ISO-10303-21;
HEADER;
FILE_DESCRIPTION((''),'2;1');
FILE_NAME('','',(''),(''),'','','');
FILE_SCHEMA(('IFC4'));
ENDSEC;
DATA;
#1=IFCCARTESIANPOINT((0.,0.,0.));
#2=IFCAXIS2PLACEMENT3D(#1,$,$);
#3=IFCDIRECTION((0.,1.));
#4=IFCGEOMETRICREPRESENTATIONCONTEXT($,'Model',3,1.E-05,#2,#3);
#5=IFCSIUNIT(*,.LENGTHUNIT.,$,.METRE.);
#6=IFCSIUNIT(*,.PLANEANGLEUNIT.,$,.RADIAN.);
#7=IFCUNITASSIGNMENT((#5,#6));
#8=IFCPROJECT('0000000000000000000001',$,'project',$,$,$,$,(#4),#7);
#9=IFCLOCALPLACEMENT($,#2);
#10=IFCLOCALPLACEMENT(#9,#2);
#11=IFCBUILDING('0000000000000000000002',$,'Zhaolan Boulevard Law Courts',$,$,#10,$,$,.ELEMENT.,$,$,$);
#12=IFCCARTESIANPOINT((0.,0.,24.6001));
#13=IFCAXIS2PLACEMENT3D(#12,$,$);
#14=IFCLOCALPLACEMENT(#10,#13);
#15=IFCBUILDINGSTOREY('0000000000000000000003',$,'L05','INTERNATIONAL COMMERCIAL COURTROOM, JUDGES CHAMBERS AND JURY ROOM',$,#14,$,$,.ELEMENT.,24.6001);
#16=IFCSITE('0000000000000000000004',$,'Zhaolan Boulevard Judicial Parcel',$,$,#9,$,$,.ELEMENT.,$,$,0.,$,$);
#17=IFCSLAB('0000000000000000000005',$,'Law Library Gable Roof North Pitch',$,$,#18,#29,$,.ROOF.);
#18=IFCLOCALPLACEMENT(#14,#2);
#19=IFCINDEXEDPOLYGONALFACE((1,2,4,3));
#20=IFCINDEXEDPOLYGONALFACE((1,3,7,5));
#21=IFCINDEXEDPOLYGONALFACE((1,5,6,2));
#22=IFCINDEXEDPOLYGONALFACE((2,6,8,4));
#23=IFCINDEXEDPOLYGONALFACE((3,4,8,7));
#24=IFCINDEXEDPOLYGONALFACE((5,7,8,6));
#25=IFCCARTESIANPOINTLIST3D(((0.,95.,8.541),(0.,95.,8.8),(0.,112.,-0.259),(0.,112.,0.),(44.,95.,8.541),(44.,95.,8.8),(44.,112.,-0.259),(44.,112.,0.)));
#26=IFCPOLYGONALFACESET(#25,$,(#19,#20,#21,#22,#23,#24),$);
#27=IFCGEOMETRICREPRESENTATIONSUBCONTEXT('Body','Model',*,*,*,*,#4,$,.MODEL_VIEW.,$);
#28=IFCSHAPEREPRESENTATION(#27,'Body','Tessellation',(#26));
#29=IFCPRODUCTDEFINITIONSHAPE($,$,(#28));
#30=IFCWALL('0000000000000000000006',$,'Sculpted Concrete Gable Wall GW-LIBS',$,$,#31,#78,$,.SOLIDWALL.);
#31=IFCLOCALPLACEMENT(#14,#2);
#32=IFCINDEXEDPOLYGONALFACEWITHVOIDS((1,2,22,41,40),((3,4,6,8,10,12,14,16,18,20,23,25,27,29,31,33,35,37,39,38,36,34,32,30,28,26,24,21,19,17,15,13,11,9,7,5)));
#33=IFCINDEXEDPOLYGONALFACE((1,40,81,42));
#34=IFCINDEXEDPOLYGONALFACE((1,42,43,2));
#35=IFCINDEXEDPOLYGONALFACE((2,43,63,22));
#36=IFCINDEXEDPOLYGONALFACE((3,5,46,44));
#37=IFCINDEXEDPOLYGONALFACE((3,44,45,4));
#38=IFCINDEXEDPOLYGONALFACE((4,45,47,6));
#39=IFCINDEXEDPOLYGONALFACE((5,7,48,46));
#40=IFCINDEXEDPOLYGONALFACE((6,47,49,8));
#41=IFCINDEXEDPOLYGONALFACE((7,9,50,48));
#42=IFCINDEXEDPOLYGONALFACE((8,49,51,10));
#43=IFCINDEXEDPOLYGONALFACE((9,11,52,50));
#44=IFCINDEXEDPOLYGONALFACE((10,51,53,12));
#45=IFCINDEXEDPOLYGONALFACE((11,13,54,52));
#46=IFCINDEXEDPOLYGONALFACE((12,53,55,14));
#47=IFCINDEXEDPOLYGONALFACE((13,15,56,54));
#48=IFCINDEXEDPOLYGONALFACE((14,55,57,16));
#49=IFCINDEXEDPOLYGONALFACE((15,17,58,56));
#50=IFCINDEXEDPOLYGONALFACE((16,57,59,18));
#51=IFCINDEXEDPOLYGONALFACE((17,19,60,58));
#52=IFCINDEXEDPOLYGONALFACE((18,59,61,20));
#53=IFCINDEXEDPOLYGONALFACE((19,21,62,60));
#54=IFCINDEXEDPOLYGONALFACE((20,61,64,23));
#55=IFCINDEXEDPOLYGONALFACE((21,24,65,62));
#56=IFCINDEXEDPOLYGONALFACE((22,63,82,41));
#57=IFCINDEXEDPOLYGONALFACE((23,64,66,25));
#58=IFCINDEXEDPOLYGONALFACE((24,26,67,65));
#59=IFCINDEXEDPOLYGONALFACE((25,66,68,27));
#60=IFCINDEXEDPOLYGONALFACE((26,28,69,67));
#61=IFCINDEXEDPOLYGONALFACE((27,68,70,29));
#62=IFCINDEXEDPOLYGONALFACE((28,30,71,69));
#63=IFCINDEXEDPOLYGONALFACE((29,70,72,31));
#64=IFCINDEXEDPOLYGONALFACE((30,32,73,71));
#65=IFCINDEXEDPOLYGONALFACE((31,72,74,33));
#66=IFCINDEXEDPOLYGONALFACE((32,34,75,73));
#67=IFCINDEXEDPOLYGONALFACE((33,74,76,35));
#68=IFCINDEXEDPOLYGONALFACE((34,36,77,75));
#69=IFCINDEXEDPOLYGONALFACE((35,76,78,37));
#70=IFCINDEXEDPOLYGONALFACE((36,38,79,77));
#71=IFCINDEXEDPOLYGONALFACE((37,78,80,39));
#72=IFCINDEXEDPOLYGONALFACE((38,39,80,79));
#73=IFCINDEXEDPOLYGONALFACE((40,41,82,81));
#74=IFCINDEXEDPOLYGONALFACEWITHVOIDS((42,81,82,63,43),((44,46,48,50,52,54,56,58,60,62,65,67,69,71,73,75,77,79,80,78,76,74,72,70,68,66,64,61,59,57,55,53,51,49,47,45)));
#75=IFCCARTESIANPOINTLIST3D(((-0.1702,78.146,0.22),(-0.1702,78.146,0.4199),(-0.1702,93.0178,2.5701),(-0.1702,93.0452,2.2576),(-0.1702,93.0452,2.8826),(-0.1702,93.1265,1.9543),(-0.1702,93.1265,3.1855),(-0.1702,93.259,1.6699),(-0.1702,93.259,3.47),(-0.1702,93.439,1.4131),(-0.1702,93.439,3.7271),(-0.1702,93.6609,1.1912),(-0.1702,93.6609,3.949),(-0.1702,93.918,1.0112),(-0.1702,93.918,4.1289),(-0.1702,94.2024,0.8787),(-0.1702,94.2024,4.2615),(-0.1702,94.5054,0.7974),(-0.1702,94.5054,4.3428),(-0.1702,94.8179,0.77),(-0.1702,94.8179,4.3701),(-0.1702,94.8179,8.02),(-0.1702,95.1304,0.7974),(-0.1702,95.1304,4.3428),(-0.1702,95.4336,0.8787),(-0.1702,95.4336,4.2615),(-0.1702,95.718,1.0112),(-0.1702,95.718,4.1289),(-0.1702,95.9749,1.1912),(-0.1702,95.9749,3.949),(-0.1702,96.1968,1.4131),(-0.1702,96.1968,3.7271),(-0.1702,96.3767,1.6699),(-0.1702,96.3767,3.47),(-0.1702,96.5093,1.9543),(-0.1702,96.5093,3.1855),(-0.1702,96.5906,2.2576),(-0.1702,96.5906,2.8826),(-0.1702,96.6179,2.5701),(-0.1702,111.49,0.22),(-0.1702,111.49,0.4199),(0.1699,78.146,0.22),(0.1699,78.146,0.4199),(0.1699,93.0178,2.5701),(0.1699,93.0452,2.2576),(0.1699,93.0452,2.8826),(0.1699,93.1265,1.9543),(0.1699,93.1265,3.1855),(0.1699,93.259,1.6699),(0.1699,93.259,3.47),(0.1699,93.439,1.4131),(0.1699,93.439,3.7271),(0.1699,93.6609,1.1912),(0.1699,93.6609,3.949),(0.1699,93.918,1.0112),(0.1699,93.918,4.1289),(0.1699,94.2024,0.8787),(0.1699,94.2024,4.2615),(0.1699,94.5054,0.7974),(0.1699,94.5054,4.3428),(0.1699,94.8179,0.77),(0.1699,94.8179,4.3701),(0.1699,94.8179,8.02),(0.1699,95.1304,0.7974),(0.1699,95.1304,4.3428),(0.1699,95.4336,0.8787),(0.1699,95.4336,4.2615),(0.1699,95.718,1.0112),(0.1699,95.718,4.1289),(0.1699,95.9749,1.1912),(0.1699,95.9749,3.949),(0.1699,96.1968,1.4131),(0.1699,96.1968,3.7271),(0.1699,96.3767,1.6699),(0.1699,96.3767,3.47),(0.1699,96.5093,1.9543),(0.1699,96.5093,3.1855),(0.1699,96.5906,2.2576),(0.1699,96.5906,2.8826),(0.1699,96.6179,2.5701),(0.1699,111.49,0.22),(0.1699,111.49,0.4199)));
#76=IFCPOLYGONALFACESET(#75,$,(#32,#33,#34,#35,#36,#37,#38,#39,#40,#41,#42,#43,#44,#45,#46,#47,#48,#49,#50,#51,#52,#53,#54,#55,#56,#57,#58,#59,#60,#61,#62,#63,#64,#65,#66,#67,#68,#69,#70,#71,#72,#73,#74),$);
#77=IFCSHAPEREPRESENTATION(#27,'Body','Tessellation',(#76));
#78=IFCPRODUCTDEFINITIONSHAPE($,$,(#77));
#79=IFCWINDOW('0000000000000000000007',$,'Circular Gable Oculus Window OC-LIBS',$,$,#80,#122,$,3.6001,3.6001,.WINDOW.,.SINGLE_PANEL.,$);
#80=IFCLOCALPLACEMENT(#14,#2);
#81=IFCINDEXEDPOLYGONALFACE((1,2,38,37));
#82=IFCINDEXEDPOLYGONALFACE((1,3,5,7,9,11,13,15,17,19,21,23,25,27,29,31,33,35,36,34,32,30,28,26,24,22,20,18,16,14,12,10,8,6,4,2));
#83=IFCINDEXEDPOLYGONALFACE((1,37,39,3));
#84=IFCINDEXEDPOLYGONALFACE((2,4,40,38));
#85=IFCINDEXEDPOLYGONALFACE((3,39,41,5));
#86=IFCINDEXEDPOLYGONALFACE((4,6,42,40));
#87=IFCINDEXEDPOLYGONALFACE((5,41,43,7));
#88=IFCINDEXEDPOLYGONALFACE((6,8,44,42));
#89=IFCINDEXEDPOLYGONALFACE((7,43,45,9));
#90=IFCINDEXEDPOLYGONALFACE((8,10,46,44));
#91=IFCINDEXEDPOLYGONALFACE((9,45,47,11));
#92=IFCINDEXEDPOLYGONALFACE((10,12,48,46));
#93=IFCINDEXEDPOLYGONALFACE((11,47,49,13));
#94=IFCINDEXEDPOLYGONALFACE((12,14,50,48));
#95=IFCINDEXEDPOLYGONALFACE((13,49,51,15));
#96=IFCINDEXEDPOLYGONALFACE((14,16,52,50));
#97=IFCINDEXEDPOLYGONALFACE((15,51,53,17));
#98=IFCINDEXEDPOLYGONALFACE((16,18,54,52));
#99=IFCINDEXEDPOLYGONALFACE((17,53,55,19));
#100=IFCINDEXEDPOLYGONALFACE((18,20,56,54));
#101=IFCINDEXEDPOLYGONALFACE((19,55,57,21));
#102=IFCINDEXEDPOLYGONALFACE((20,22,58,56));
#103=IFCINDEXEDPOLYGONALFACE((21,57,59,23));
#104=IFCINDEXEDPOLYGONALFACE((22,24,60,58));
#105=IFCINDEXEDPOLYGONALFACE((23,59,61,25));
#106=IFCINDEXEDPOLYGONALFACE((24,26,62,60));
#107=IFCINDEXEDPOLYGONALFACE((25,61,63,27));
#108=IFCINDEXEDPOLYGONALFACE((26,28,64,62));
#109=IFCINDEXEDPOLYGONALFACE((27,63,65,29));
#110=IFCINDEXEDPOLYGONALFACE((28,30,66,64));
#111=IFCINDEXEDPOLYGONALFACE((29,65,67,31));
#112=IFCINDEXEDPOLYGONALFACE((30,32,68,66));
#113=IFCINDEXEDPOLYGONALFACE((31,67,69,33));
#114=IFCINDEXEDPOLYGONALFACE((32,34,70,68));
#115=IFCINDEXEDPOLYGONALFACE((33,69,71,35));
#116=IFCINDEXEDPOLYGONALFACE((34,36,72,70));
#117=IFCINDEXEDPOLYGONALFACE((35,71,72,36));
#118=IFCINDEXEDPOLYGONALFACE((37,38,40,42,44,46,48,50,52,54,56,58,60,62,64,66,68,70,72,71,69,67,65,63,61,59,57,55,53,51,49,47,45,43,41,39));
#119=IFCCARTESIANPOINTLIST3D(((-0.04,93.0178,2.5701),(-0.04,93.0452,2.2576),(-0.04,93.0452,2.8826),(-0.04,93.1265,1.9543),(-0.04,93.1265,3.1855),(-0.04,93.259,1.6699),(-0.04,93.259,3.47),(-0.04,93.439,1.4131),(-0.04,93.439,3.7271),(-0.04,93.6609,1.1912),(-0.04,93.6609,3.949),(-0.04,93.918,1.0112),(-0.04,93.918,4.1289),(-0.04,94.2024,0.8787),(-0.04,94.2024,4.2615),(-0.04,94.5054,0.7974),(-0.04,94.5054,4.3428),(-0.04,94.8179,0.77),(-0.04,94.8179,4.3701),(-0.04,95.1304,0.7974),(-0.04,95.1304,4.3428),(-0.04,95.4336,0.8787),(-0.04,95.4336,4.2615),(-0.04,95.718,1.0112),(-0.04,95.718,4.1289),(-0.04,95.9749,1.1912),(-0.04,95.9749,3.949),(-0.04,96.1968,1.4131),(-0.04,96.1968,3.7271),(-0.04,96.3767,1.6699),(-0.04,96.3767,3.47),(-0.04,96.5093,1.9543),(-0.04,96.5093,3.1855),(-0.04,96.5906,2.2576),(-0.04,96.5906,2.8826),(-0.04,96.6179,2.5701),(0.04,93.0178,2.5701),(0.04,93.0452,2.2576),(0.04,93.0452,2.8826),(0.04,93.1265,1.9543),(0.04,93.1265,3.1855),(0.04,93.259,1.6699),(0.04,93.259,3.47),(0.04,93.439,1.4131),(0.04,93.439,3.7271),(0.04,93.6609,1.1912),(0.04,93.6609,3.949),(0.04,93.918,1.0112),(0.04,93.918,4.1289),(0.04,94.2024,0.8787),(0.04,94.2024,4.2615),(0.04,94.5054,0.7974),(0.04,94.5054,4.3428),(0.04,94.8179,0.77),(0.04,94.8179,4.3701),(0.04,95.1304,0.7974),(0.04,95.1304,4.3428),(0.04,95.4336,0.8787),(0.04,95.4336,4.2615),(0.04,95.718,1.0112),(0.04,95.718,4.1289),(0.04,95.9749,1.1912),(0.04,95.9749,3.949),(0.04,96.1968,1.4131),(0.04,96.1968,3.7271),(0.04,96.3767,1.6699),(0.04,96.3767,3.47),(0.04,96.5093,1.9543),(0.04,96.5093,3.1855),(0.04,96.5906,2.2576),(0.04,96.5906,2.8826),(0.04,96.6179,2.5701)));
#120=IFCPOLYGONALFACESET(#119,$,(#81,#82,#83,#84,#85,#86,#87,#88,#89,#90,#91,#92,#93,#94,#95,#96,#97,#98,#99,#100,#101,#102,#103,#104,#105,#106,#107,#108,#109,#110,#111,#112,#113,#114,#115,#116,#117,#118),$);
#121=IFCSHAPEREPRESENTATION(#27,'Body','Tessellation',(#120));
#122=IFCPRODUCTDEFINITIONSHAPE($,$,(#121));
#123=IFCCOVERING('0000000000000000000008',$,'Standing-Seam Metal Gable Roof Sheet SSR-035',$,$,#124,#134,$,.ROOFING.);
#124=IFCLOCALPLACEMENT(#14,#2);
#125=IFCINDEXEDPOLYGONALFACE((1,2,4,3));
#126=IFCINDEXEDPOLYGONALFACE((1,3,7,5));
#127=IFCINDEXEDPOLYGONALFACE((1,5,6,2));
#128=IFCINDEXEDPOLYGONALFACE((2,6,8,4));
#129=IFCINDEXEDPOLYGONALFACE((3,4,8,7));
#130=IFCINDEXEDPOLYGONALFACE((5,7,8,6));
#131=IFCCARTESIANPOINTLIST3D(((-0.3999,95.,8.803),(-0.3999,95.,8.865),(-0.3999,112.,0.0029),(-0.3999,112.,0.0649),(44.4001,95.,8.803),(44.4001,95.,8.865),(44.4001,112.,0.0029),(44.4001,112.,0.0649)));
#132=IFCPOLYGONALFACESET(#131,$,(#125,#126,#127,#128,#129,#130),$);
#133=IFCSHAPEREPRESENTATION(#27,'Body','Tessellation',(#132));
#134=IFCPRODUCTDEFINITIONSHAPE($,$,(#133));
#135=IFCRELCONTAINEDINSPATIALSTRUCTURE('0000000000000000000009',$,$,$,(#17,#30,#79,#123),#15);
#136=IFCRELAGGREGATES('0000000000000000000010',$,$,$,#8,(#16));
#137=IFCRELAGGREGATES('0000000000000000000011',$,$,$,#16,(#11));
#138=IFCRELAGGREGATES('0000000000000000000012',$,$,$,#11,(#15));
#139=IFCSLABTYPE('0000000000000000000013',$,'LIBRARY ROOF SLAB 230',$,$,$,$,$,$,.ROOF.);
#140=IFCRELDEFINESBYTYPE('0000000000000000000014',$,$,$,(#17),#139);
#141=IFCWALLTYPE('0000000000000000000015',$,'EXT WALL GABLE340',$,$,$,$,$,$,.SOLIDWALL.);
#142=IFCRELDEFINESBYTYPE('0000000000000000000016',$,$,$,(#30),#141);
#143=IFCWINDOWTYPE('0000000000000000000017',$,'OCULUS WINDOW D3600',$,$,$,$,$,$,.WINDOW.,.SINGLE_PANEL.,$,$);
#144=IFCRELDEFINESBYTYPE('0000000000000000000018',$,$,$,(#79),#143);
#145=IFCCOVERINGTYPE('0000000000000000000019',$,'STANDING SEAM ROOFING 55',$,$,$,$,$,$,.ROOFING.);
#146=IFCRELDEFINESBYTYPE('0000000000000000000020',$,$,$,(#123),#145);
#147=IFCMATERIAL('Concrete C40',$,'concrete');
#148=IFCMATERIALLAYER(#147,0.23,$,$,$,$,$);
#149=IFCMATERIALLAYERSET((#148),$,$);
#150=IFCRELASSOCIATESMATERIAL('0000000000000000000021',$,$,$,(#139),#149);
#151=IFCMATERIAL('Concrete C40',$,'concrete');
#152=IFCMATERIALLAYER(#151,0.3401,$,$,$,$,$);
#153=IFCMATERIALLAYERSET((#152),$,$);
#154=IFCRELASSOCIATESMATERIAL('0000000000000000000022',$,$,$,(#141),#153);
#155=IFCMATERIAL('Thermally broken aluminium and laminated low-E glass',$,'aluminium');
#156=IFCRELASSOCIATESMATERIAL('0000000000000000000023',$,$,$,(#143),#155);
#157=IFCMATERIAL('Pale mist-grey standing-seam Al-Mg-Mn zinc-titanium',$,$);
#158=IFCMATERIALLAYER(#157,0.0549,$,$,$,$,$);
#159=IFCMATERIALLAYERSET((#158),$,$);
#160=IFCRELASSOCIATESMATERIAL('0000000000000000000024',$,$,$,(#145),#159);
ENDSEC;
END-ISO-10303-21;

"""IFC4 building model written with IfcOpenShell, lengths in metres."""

from ifc_helpers import new_model, si_unit, direction, frame, origin, place, context, subcontext, project, spatial, polyline, outline, extrude, material, layer, layer_set, type_object, element, fill, save


model = new_model("IFC4")

# Units and contexts
model_context = context("Model", 3, precision=1e-05, world=origin(), true_north=direction((0.0, 1.0)))
body_context = subcontext(model_context, "Body", "Model", "MODEL_VIEW")
ifc_project = project(units=[si_unit("LENGTHUNIT", "METRE"), si_unit("PLANEANGLEUNIT", "RADIAN")], contexts=[model_context])

# Site, building, storey
site_placement = place(None, origin())
site = spatial("IfcSite", under=ifc_project, at=site_placement, Name="Zhaolan Boulevard Judicial Parcel", CompositionType="ELEMENT", RefElevation=0.0)
building_placement = place(site_placement, origin())
building = spatial("IfcBuilding", under=site, at=building_placement, Name="Zhaolan Boulevard Law Courts", CompositionType="ELEMENT")
storey_placement = place(building_placement, frame((0.0, 0.0, 24.6001)))
storey = spatial("IfcBuildingStorey", under=building, at=storey_placement, Name="L05", Description="INTERNATIONAL COMMERCIAL COURTROOM, JUDGES CHAMBERS AND JURY ROOM", CompositionType="ELEMENT", Elevation=24.6001)

# Slab
ifc_material_1 = material(Name="Concrete C40", Category="concrete")
ifc_layer_1 = layer(ifc_material_1, 0.23)
ifc_layer_set_1 = layer_set([ifc_layer_1])
slab_type = type_object("IfcSlabType", Name="LIBRARY ROOF SLAB 230", PredefinedType="ROOF", material=ifc_layer_set_1)
slab_1_placement = place(storey_placement, frame((0.0, 95.0, 0.0), z_axis=(1.0, 0.0, 0.0), x_axis=(0.0, 1.0, 0.0)))
element("IfcSlab", 1, at=slab_1_placement, inside=storey, type_object=slab_type, Name="Law Library Gable Roof North Pitch", PredefinedType="ROOF", context=body_context, shape_type="SweptSolid", body=[
    extrude(outline(polyline([(0.0, 8.8), (17.0, 0.0), (17.0, -0.259), (0.0, 8.541), (0.0, 8.8)])), origin(), (0.0, 0.0, 1.0), 44.0),
])

# Wall, opening, window
ifc_material_2 = material(Name="Concrete C40", Category="concrete")
ifc_layer_2 = layer(ifc_material_2, 0.3401)
ifc_layer_set_2 = layer_set([ifc_layer_2])
wall_type = type_object("IfcWallType", Name="EXT WALL GABLE340", PredefinedType="SOLIDWALL", material=ifc_layer_set_2)
wall_placement = place(storey_placement, frame((0.0, 111.49, 0.22), z_axis=(0.0, 0.0, 1.0), x_axis=(0.0, -1.0, 0.0)))
wall = element("IfcWall", 2, at=wall_placement, inside=storey, type_object=wall_type, Name="Sculpted Concrete Gable Wall GW-LIBS", PredefinedType="SOLIDWALL", context=body_context, shape_type="SweptSolid", body=[
    extrude(outline(polyline([(0.0, 0.0), (33.344, 0.0), (33.344, 0.2), (16.6721, 7.8), (0.0, 0.2), (0.0, 0.0)])), frame((0.0, 0.1699, 0.0), z_axis=(0.0, -1.0, 0.0), x_axis=(1.0, 0.0, 0.0)), (0.0, 0.0, 1.0), 0.3401),
])
opening_placement = place(wall_placement, frame((14.8721, 0.0, 0.55)))
opening = element("IfcOpeningElement", 3, at=opening_placement, cuts=wall, PredefinedType="OPENING", context=body_context, shape_type="SweptSolid", body=[
    extrude(outline(polyline([(3.6001, 1.8), (3.5728, 2.1125), (3.4915, 2.4155), (3.3589, 2.7), (3.179, 2.957), (2.957, 3.179), (2.7, 3.3589), (2.4155, 3.4915), (2.1125, 3.5728), (1.8, 3.6001), (1.4875, 3.5728), (1.1843, 3.4915), (0.8999, 3.3589), (0.6431, 3.179), (0.4211, 2.957), (0.2412, 2.7), (0.1086, 2.4155), (0.0273, 2.1125), (0.0, 1.8), (0.0273, 1.4875), (0.1086, 1.1843), (0.2412, 0.8999), (0.4211, 0.6431), (0.6431, 0.4211), (0.8999, 0.2412), (1.1843, 0.1086), (1.4875, 0.0273), (1.8, 0.0), (2.1125, 0.0273), (2.4155, 0.1086), (2.7, 0.2412), (2.957, 0.4211), (3.179, 0.6431), (3.3589, 0.8999), (3.4915, 1.1843), (3.5728, 1.4875), (3.6001, 1.8)])), frame((0.0, 0.1799, 0.0), z_axis=(0.0, -1.0, 0.0), x_axis=(1.0, 0.0, 0.0)), (0.0, 0.0, 1.0), 0.3601),
])
ifc_material_3 = material(Name="Thermally broken aluminium and laminated low-E glass", Category="aluminium")
window_type = type_object("IfcWindowType", Name="OCULUS WINDOW D3600", PartitioningType="SINGLE_PANEL", PredefinedType="WINDOW", material=ifc_material_3)
window_placement = place(opening_placement, origin())
window = element("IfcWindow", 4, at=window_placement, inside=storey, type_object=window_type, Name="Circular Gable Oculus Window OC-LIBS", OverallHeight=3.6001, OverallWidth=3.6001, PartitioningType="SINGLE_PANEL", PredefinedType="WINDOW", context=body_context, shape_type="SweptSolid", body=[
    extrude(outline(polyline([(3.6001, 1.8), (3.5728, 2.1125), (3.4915, 2.4155), (3.3589, 2.7), (3.179, 2.957), (2.957, 3.179), (2.7, 3.3589), (2.4155, 3.4915), (2.1125, 3.5728), (1.8, 3.6001), (1.4875, 3.5728), (1.1843, 3.4915), (0.8999, 3.3589), (0.6431, 3.179), (0.4211, 2.957), (0.2412, 2.7), (0.1086, 2.4155), (0.0273, 2.1125), (0.0, 1.8), (0.0273, 1.4875), (0.1086, 1.1843), (0.2412, 0.8999), (0.4211, 0.6431), (0.6431, 0.4211), (0.8999, 0.2412), (1.1843, 0.1086), (1.4875, 0.0273), (1.8, 0.0), (2.1125, 0.0273), (2.4155, 0.1086), (2.7, 0.2412), (2.957, 0.4211), (3.179, 0.6431), (3.3589, 0.8999), (3.4915, 1.1843), (3.5728, 1.4875), (3.6001, 1.8)])), frame((0.0, 0.04, 0.0), z_axis=(0.0, -1.0, 0.0), x_axis=(1.0, 0.0, 0.0)), (0.0, 0.0, 1.0), 0.0801),
])
fill(opening, window)

# Covering
ifc_material_4 = material(Name="Pale mist-grey standing-seam Al-Mg-Mn zinc-titanium")
ifc_layer_3 = layer(ifc_material_4, 0.0549)
ifc_layer_set_3 = layer_set([ifc_layer_3])
covering_type = type_object("IfcCoveringType", Name="STANDING SEAM ROOFING 55", PredefinedType="ROOFING", material=ifc_layer_set_3)
covering_placement = place(storey_placement, frame((-0.3999, 95.0, 0.0649), z_axis=(1.0, 0.0, 0.0), x_axis=(0.0, 1.0, 0.0)))
element("IfcCovering", 5, at=covering_placement, inside=storey, type_object=covering_type, Name="Standing-Seam Metal Gable Roof Sheet SSR-035", PredefinedType="ROOFING", context=body_context, shape_type="SweptSolid", body=[
    extrude(outline(polyline([(0.0, 8.8), (17.0, 0.0), (17.0, -0.062), (0.0, 8.738), (0.0, 8.8)])), origin(), (0.0, 0.0, 1.0), 44.8),
])

save(model, "model.ifc")
